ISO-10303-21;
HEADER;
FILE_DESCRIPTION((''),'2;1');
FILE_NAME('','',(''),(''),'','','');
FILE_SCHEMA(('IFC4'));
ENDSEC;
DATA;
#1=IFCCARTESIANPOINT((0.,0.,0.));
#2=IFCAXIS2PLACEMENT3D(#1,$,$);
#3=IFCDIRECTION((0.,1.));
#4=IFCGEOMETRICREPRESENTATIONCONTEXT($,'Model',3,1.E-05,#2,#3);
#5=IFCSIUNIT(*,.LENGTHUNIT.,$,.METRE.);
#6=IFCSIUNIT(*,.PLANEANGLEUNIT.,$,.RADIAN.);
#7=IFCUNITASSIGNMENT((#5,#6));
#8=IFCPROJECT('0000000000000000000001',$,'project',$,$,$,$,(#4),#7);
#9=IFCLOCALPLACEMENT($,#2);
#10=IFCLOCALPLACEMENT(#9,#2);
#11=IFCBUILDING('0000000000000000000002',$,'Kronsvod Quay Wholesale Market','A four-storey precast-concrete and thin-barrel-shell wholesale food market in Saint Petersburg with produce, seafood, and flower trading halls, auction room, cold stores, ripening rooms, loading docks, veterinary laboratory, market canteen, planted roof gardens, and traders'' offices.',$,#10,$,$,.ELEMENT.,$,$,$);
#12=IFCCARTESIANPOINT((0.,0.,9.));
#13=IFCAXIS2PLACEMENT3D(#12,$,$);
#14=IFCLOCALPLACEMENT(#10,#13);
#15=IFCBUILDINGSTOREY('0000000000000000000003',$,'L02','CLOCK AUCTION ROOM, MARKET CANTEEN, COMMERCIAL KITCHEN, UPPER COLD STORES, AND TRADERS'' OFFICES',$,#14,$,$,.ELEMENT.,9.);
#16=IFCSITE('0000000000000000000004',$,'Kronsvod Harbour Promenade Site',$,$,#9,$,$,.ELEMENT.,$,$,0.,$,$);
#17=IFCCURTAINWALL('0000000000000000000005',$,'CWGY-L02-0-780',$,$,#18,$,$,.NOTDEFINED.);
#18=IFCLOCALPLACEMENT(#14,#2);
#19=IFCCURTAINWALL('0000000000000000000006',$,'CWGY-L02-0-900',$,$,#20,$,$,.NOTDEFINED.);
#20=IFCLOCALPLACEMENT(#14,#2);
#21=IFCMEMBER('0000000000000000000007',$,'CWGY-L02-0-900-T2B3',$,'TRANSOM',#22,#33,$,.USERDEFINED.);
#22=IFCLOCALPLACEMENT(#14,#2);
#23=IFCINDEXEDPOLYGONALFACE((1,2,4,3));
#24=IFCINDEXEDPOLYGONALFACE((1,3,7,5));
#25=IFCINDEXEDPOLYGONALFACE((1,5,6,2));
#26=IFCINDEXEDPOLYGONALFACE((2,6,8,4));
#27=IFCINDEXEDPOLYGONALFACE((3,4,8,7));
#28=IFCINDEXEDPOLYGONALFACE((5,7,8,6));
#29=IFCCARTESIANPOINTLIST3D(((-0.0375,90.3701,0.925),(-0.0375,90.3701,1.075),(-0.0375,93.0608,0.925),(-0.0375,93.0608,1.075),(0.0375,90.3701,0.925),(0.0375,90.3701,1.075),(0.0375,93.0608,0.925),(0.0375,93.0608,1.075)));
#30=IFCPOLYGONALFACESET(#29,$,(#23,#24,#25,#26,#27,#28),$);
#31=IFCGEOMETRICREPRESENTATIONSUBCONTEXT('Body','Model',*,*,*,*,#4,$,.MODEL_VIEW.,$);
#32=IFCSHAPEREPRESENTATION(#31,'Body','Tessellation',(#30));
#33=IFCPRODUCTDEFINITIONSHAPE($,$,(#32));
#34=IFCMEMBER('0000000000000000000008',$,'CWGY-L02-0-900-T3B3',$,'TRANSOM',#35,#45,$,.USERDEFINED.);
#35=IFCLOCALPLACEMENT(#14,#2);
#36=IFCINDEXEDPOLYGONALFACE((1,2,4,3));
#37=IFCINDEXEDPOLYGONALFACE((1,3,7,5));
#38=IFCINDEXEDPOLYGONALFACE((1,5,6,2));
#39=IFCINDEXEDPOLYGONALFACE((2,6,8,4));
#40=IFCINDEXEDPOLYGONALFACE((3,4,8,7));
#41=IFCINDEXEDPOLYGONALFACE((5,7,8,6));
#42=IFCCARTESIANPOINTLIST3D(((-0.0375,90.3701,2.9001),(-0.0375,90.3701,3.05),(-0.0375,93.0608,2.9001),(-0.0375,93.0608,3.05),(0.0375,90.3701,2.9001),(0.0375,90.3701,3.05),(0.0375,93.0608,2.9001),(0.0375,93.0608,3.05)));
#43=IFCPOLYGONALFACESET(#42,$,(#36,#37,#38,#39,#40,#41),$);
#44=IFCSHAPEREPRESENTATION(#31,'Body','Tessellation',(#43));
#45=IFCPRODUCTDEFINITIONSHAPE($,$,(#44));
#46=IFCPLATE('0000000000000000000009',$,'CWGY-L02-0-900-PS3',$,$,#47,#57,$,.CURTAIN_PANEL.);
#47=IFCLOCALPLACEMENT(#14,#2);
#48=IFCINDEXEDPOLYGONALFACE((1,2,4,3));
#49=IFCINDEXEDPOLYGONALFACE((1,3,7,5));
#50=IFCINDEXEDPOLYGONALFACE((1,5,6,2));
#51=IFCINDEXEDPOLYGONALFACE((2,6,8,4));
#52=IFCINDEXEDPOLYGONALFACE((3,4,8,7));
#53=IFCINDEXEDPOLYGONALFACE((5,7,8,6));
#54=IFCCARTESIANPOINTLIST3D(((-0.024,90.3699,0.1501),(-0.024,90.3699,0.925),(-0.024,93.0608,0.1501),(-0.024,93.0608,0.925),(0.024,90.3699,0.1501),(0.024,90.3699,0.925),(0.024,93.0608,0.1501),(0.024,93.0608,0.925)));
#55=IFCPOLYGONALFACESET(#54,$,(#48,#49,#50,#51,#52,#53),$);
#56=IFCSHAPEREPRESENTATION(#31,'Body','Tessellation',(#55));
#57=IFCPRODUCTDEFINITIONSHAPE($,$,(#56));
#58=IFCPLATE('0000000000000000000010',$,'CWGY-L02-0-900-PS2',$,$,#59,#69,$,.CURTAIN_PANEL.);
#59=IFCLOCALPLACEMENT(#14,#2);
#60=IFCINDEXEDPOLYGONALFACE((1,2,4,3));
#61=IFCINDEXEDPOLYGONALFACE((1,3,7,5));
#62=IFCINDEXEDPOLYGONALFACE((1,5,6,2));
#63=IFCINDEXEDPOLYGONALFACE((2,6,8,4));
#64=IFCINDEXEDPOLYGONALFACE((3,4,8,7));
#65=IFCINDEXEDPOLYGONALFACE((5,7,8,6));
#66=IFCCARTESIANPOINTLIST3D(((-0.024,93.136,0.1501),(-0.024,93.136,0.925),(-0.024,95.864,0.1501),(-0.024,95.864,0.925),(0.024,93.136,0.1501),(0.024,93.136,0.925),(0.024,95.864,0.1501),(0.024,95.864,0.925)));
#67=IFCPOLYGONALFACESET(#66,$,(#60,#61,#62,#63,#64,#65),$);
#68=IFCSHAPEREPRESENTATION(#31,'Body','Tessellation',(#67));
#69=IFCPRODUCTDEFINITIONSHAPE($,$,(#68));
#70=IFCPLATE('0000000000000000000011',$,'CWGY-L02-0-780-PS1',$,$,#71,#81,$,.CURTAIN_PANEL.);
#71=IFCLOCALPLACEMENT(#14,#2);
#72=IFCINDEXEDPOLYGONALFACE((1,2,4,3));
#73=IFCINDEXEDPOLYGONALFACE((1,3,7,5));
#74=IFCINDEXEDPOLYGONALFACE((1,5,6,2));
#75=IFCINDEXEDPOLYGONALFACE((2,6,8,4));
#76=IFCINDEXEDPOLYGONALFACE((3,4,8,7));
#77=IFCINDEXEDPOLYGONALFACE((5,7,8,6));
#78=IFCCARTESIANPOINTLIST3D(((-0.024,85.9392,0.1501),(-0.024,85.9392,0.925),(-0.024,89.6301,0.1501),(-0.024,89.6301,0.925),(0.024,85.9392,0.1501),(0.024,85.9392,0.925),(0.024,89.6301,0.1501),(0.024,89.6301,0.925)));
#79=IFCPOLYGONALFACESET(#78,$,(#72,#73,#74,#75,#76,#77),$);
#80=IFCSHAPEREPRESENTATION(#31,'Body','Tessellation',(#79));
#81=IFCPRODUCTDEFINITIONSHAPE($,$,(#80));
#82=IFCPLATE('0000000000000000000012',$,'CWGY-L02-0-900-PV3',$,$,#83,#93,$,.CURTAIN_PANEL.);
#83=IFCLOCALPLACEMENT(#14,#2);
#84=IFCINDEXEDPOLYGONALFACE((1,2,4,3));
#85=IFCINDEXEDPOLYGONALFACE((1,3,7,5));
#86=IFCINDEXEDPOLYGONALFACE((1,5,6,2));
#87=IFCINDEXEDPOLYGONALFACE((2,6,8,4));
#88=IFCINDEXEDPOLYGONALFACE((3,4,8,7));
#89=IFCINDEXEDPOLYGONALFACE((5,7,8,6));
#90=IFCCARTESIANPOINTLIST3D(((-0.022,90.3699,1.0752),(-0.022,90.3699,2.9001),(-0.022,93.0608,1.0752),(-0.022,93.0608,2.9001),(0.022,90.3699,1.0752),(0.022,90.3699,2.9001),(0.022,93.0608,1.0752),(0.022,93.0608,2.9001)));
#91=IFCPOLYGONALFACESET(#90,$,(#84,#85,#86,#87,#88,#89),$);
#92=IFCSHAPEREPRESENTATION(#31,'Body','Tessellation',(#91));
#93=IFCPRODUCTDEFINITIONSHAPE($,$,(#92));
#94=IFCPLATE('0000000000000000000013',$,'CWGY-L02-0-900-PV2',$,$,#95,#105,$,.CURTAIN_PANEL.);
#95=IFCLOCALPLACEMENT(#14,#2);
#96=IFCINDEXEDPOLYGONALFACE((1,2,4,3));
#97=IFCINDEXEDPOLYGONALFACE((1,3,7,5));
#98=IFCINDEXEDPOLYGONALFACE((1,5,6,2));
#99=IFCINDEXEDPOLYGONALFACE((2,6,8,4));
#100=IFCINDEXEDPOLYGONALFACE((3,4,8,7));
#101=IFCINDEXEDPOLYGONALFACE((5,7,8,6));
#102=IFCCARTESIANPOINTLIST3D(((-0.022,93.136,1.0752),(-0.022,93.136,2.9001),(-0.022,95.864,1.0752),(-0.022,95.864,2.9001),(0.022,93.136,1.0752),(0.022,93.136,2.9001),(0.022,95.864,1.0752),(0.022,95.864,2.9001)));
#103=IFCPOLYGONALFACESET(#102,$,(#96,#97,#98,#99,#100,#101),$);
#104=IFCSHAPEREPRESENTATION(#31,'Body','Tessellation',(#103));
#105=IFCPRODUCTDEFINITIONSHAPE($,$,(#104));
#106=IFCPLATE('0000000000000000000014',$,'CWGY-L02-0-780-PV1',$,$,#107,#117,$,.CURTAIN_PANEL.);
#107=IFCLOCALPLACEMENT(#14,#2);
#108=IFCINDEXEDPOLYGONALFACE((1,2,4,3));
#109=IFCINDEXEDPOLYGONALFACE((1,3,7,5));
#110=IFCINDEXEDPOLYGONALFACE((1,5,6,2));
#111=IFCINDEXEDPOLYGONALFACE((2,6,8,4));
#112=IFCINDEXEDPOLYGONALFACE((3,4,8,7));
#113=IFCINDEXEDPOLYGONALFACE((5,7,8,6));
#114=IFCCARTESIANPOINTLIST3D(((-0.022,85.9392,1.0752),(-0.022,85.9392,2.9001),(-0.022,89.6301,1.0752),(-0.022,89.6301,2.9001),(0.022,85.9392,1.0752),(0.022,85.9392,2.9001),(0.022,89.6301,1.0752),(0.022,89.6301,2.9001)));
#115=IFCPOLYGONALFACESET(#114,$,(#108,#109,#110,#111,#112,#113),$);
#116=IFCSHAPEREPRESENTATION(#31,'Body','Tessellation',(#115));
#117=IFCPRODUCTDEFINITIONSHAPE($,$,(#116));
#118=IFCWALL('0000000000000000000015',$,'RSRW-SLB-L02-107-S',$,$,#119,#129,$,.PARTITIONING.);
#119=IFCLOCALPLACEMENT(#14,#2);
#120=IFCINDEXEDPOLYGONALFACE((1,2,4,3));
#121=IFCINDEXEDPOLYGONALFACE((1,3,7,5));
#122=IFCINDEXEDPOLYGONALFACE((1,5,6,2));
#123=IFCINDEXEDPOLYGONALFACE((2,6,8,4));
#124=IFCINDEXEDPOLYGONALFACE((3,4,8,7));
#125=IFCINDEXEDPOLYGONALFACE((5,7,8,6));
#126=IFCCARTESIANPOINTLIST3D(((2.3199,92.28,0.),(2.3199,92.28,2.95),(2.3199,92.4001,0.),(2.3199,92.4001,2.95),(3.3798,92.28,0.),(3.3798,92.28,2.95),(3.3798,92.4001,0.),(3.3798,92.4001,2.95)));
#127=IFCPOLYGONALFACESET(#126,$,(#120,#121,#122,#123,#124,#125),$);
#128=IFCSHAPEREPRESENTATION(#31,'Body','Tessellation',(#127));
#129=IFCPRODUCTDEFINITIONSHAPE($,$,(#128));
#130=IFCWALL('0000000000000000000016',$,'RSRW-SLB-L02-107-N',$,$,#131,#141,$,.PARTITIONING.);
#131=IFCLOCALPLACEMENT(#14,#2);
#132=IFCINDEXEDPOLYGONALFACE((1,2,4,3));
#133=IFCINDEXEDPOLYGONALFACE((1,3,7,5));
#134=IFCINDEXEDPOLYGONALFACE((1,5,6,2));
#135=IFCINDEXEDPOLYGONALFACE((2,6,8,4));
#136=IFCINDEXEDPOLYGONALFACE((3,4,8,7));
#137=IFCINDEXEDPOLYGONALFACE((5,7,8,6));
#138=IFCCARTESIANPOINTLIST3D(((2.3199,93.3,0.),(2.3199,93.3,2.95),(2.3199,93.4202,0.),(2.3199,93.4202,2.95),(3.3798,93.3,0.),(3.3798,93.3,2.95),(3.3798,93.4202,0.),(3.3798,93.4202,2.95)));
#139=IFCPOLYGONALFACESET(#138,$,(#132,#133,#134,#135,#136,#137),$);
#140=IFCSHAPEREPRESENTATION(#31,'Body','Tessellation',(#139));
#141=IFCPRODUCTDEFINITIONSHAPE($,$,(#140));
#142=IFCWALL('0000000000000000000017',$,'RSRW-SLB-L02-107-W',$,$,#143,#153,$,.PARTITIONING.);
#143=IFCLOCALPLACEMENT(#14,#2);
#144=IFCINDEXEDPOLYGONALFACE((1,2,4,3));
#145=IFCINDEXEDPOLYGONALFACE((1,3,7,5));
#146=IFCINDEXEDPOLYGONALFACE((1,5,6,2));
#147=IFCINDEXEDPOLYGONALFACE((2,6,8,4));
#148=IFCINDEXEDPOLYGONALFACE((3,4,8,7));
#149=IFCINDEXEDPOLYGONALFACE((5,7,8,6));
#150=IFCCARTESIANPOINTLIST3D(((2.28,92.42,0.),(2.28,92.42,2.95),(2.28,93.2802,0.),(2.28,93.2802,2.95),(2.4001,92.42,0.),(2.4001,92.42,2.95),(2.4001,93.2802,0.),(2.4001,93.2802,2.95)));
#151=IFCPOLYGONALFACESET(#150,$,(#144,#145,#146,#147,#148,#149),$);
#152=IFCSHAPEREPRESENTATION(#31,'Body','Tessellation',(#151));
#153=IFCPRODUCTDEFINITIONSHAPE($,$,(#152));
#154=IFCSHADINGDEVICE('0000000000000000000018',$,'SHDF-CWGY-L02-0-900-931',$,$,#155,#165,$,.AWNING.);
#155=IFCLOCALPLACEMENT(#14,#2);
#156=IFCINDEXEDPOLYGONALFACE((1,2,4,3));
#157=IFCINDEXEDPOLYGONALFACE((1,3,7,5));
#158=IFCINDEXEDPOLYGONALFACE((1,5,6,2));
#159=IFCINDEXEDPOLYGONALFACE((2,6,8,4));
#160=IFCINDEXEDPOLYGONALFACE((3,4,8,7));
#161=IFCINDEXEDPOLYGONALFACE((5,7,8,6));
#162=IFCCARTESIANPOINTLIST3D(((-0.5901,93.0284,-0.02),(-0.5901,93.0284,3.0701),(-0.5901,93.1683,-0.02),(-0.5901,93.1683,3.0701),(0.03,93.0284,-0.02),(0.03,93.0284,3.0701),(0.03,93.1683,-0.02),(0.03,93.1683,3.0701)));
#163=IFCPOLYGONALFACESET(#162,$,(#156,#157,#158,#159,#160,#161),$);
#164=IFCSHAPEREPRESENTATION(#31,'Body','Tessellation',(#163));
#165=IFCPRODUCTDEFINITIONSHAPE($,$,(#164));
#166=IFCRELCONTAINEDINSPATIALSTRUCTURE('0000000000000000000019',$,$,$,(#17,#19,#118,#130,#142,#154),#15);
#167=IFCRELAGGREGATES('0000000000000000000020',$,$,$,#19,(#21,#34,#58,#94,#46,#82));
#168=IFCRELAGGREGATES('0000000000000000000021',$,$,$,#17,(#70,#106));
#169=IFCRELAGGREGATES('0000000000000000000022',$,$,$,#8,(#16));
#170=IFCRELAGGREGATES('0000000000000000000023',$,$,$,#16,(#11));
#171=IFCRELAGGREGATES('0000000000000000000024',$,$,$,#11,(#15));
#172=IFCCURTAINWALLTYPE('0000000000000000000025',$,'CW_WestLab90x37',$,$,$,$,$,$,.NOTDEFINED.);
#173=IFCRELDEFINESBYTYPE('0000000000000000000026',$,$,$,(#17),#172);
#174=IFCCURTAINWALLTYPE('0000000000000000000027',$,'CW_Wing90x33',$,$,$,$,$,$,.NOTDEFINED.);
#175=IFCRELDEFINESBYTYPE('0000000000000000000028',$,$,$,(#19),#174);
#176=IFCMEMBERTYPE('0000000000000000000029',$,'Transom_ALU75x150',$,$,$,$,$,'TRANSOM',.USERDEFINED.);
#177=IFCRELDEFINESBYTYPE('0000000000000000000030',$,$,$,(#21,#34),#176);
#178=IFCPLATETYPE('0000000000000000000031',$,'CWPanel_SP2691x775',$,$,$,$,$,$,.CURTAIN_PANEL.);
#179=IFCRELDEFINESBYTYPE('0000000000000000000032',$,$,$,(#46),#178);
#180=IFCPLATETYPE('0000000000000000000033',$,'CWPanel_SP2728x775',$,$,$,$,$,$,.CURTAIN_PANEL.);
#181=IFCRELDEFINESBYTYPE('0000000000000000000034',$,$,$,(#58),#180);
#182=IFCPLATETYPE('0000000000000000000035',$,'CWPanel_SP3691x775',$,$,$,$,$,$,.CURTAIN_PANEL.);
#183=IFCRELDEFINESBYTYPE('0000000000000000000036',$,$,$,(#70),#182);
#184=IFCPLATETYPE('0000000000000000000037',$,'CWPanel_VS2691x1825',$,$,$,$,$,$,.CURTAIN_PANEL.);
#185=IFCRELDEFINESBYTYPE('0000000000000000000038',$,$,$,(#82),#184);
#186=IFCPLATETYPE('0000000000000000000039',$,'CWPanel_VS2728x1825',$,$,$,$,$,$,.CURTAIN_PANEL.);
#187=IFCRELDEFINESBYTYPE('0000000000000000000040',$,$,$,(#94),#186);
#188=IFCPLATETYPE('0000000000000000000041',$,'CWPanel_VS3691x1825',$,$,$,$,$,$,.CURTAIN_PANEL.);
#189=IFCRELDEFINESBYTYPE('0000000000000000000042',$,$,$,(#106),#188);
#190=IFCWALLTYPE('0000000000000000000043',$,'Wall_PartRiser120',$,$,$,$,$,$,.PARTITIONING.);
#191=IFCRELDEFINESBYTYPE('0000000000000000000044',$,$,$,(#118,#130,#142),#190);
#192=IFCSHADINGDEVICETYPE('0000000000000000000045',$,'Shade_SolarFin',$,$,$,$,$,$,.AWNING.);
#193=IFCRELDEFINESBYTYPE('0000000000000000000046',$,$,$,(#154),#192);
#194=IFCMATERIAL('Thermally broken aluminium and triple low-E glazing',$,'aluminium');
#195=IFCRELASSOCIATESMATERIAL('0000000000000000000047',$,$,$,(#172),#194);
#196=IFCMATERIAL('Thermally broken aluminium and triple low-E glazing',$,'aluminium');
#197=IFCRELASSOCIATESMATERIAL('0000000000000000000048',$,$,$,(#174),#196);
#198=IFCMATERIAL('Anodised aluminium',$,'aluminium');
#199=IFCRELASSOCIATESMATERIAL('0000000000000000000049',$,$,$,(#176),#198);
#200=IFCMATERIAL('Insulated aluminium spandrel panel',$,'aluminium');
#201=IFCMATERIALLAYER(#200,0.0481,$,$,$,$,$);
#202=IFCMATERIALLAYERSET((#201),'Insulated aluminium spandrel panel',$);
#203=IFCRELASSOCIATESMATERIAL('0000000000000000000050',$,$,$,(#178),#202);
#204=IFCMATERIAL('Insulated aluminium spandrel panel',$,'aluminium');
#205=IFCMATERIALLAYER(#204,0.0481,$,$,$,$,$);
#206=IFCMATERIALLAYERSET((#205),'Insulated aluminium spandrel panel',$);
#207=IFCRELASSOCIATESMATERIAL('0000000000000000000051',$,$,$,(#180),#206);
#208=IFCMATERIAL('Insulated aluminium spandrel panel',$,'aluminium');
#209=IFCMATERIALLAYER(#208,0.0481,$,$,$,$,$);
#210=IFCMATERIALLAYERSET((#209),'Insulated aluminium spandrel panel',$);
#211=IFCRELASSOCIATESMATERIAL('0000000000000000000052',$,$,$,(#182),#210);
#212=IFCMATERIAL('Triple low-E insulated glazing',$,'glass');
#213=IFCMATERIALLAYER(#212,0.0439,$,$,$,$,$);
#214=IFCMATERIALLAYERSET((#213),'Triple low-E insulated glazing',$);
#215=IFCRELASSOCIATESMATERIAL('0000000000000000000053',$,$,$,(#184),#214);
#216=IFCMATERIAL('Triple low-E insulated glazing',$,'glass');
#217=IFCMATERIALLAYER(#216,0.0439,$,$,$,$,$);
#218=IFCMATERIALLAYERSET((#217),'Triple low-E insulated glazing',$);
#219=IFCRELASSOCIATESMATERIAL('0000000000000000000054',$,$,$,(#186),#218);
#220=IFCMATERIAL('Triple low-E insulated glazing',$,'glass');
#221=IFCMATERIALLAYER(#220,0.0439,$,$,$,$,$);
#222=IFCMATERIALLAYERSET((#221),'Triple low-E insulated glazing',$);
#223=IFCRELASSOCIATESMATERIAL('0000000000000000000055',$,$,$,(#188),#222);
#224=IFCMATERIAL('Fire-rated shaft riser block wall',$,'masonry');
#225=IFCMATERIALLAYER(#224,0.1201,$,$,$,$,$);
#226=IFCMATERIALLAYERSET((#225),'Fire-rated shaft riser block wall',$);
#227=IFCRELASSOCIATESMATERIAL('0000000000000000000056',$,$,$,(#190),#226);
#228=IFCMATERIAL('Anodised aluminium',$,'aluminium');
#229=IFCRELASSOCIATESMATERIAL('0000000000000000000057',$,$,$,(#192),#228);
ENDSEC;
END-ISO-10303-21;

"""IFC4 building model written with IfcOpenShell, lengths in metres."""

from ifc_helpers import new_model, si_unit, direction, frame, frame_2d, origin, origin_2d, place, context, subcontext, project, spatial, rectangle, extrude, material, layer, layer_set, material_profile, profile_set, type_object, element, aggregate, save


model = new_model("IFC4")

# Units and contexts
model_context = context("Model", 3, precision=1e-05, world=origin(), true_north=direction((0.0, 1.0)))
body_context = subcontext(model_context, "Body", "Model", "MODEL_VIEW")
ifc_project = project(units=[si_unit("LENGTHUNIT", "METRE"), si_unit("PLANEANGLEUNIT", "RADIAN")], contexts=[model_context])

# Site, building, storey
site_placement = place(None, origin())
site = spatial("IfcSite", under=ifc_project, at=site_placement, Name="Kronsvod Harbour Promenade Site", CompositionType="ELEMENT", RefElevation=0.0)
building_placement = place(site_placement, origin())
building = spatial("IfcBuilding", under=site, at=building_placement, Name="Kronsvod Quay Wholesale Market", Description="A four-storey precast-concrete and thin-barrel-shell wholesale food market in Saint Petersburg with produce, seafood, and flower trading halls, auction room, cold stores, ripening rooms, loading docks, veterinary laboratory, market canteen, planted roof gardens, and traders' offices.", CompositionType="ELEMENT")
storey_placement = place(building_placement, frame((0.0, 0.0, 9.0)))
storey = spatial("IfcBuildingStorey", under=building, at=storey_placement, Name="L02", Description="CLOCK AUCTION ROOM, MARKET CANTEEN, COMMERCIAL KITCHEN, UPPER COLD STORES, AND TRADERS' OFFICES", CompositionType="ELEMENT", Elevation=9.0)

# Curtain wall
ifc_material_1 = material(Name="Thermally broken aluminium and triple low-E glazing", Category="aluminium")
curtain_wall_type_1 = type_object("IfcCurtainWallType", Name="CW_WestLab90x37", PredefinedType="NOTDEFINED", material=ifc_material_1)
curtain_wall_1_placement = place(storey_placement, origin())
curtain_wall_1 = element("IfcCurtainWall", 1, at=curtain_wall_1_placement, inside=storey, type_object=curtain_wall_type_1, Name="CWGY-L02-0-780", PredefinedType="NOTDEFINED")

# Curtain wall
ifc_material_2 = material(Name="Thermally broken aluminium and triple low-E glazing", Category="aluminium")
curtain_wall_type_2 = type_object("IfcCurtainWallType", Name="CW_Wing90x33", PredefinedType="NOTDEFINED", material=ifc_material_2)
curtain_wall_2_placement = place(storey_placement, origin())
curtain_wall_2 = element("IfcCurtainWall", 2, at=curtain_wall_2_placement, inside=storey, type_object=curtain_wall_type_2, Name="CWGY-L02-0-900", PredefinedType="NOTDEFINED")

# Members
ifc_material_3 = material(Name="Anodised aluminium", Category="aluminium")
ifc_material_profile_1 = material_profile(ifc_material_3, rectangle(XDim=0.075, YDim=0.1499, at=origin_2d()), Name="ALUT75x150")
ifc_profile_set_1 = profile_set([ifc_material_profile_1], Name="Anodised aluminium")
member_type_1 = type_object("IfcMemberType", Name="Transom_ALU75x150", ElementType="TRANSOM", PredefinedType="USERDEFINED", material=ifc_profile_set_1)
member_1_placement = place(storey_placement, frame((0.0, 93.0608, 1.0), z_axis=(0.0, -1.0, 0.0), x_axis=(1.0, 0.0, 0.0)))
member_1 = element("IfcMember", 3, at=member_1_placement, type_object=member_type_1, Name="CWGY-L02-0-900-T2B3", ObjectType="TRANSOM", PredefinedType="USERDEFINED", context=body_context, shape_type="SweptSolid", body=[
    extrude(rectangle(XDim=0.075, YDim=0.1499, at=origin_2d()), origin(), (0.0, 0.0, 1.0), 2.6907),
])
member_2_placement = place(storey_placement, frame((0.0, 93.0608, 2.9751), z_axis=(0.0, -1.0, 0.0), x_axis=(1.0, 0.0, 0.0)))
member_2 = element("IfcMember", 4, at=member_2_placement, type_object=member_type_1, Name="CWGY-L02-0-900-T3B3", ObjectType="TRANSOM", PredefinedType="USERDEFINED", context=body_context, shape_type="SweptSolid", body=[
    extrude(rectangle(XDim=0.075, YDim=0.1499, at=origin_2d()), origin(), (0.0, 0.0, 1.0), 2.6907),
])

# Plates
ifc_material_4 = material(Name="Insulated aluminium spandrel panel", Category="aluminium")
ifc_layer_1 = layer(ifc_material_4, 0.0481)
ifc_layer_set_1 = layer_set([ifc_layer_1], Name="Insulated aluminium spandrel panel")
plate_type_1 = type_object("IfcPlateType", Name="CWPanel_SP2691x775", PredefinedType="CURTAIN_PANEL", material=ifc_layer_set_1)
plate_1_placement = place(storey_placement, frame((0.0, 91.7153, 0.1501), z_axis=(0.0, 0.0, 1.0), x_axis=(0.0, -1.0, 0.0)))
plate_1 = element("IfcPlate", 5, at=plate_1_placement, type_object=plate_type_1, Name="CWGY-L02-0-900-PS3", PredefinedType="CURTAIN_PANEL", context=body_context, shape_type="SweptSolid", body=[
    extrude(rectangle(XDim=2.6909, YDim=0.0481, at=origin_2d()), origin(), (0.0, 0.0, 1.0), 0.7749),
])
ifc_material_5 = material(Name="Insulated aluminium spandrel panel", Category="aluminium")
ifc_layer_2 = layer(ifc_material_5, 0.0481)
ifc_layer_set_2 = layer_set([ifc_layer_2], Name="Insulated aluminium spandrel panel")
plate_type_2 = type_object("IfcPlateType", Name="CWPanel_SP2728x775", PredefinedType="CURTAIN_PANEL", material=ifc_layer_set_2)
plate_2_placement = place(storey_placement, frame((0.0, 94.5, 0.1501), z_axis=(0.0, 0.0, 1.0), x_axis=(0.0, -1.0, 0.0)))
plate_2 = element("IfcPlate", 6, at=plate_2_placement, type_object=plate_type_2, Name="CWGY-L02-0-900-PS2", PredefinedType="CURTAIN_PANEL", context=body_context, shape_type="SweptSolid", body=[
    extrude(rectangle(XDim=2.728, YDim=0.0481, at=origin_2d()), origin(), (0.0, 0.0, 1.0), 0.7749),
])
ifc_material_6 = material(Name="Insulated aluminium spandrel panel", Category="aluminium")
ifc_layer_3 = layer(ifc_material_6, 0.0481)
ifc_layer_set_3 = layer_set([ifc_layer_3], Name="Insulated aluminium spandrel panel")
plate_type_3 = type_object("IfcPlateType", Name="CWPanel_SP3691x775", PredefinedType="CURTAIN_PANEL", material=ifc_layer_set_3)
plate_3_placement = place(storey_placement, frame((0.0, 87.7847, 0.1501), z_axis=(0.0, 0.0, 1.0), x_axis=(0.0, -1.0, 0.0)))
plate_3 = element("IfcPlate", 7, at=plate_3_placement, type_object=plate_type_3, Name="CWGY-L02-0-780-PS1", PredefinedType="CURTAIN_PANEL", context=body_context, shape_type="SweptSolid", body=[
    extrude(rectangle(XDim=3.6909, YDim=0.0481, at=origin_2d()), origin(), (0.0, 0.0, 1.0), 0.7749),
])
ifc_material_7 = material(Name="Triple low-E insulated glazing", Category="glass")
ifc_layer_4 = layer(ifc_material_7, 0.0439)
ifc_layer_set_4 = layer_set([ifc_layer_4], Name="Triple low-E insulated glazing")
plate_type_4 = type_object("IfcPlateType", Name="CWPanel_VS2691x1825", PredefinedType="CURTAIN_PANEL", material=ifc_layer_set_4)
plate_4_placement = place(storey_placement, frame((0.0, 91.7153, 1.0752), z_axis=(0.0, 0.0, 1.0), x_axis=(0.0, -1.0, 0.0)))
plate_4 = element("IfcPlate", 8, at=plate_4_placement, type_object=plate_type_4, Name="CWGY-L02-0-900-PV3", PredefinedType="CURTAIN_PANEL", context=body_context, shape_type="SweptSolid", body=[
    extrude(rectangle(XDim=2.6909, YDim=0.0439, at=origin_2d()), origin(), (0.0, 0.0, 1.0), 1.825),
])
ifc_material_8 = material(Name="Triple low-E insulated glazing", Category="glass")
ifc_layer_5 = layer(ifc_material_8, 0.0439)
ifc_layer_set_5 = layer_set([ifc_layer_5], Name="Triple low-E insulated glazing")
plate_type_5 = type_object("IfcPlateType", Name="CWPanel_VS2728x1825", PredefinedType="CURTAIN_PANEL", material=ifc_layer_set_5)
plate_5_placement = place(storey_placement, frame((0.0, 94.5, 1.0752), z_axis=(0.0, 0.0, 1.0), x_axis=(0.0, -1.0, 0.0)))
plate_5 = element("IfcPlate", 9, at=plate_5_placement, type_object=plate_type_5, Name="CWGY-L02-0-900-PV2", PredefinedType="CURTAIN_PANEL", context=body_context, shape_type="SweptSolid", body=[
    extrude(rectangle(XDim=2.728, YDim=0.0439, at=origin_2d()), origin(), (0.0, 0.0, 1.0), 1.825),
])
aggregate(curtain_wall_2, [member_1, member_2, plate_2, plate_5, plate_1, plate_4])
ifc_material_9 = material(Name="Triple low-E insulated glazing", Category="glass")
ifc_layer_6 = layer(ifc_material_9, 0.0439)
ifc_layer_set_6 = layer_set([ifc_layer_6], Name="Triple low-E insulated glazing")
plate_type_6 = type_object("IfcPlateType", Name="CWPanel_VS3691x1825", PredefinedType="CURTAIN_PANEL", material=ifc_layer_set_6)
plate_6_placement = place(storey_placement, frame((0.0, 87.7847, 1.0752), z_axis=(0.0, 0.0, 1.0), x_axis=(0.0, -1.0, 0.0)))
plate_6 = element("IfcPlate", 10, at=plate_6_placement, type_object=plate_type_6, Name="CWGY-L02-0-780-PV1", PredefinedType="CURTAIN_PANEL", context=body_context, shape_type="SweptSolid", body=[
    extrude(rectangle(XDim=3.6909, YDim=0.0439, at=origin_2d()), origin(), (0.0, 0.0, 1.0), 1.825),
])
aggregate(curtain_wall_1, [plate_3, plate_6])

# Walls
ifc_material_10 = material(Name="Fire-rated shaft riser block wall", Category="masonry")
ifc_layer_7 = layer(ifc_material_10, 0.1201)
ifc_layer_set_7 = layer_set([ifc_layer_7], Name="Fire-rated shaft riser block wall")
wall_type = type_object("IfcWallType", Name="Wall_PartRiser120", PredefinedType="PARTITIONING", material=ifc_layer_set_7)
for number, where, z_axis, x_axis, name in (
    (11, (2.3201, 92.3401, 0.0), (0.0, 0.0, 1.0), (1.0, 0.0, 0.0), "RSRW-SLB-L02-107-S"),
    (12, (2.3201, 93.3601, 0.0), (0.0, 0.0, 1.0), (1.0, 0.0, 0.0), "RSRW-SLB-L02-107-N"),
):
    element("IfcWall", number, at=place(storey_placement, frame(where, z_axis=z_axis, x_axis=x_axis)), inside=storey, type_object=wall_type, Name=name, PredefinedType="PARTITIONING", context=body_context, shape_type="SweptSolid", body=[
        extrude(rectangle(XDim=1.0598, YDim=0.1201, at=frame_2d((0.5298, 0.0))), origin(), (0.0, 0.0, 1.0), 2.95),
    ])
wall_placement = place(storey_placement, frame((2.3401, 92.4199, 0.0), z_axis=(0.0, 0.0, 1.0), x_axis=(0.0, 1.0, 0.0)))
element("IfcWall", 13, at=wall_placement, inside=storey, type_object=wall_type, Name="RSRW-SLB-L02-107-W", PredefinedType="PARTITIONING", context=body_context, shape_type="SweptSolid", body=[
    extrude(rectangle(XDim=0.8601, YDim=0.1201, at=frame_2d((0.4302, 0.0))), origin(), (0.0, 0.0, 1.0), 2.95),
])

# Shading device
ifc_material_11 = material(Name="Anodised aluminium", Category="aluminium")
shading_device_type = type_object("IfcShadingDeviceType", Name="Shade_SolarFin", PredefinedType="AWNING", material=ifc_material_11)
shading_device_placement = place(storey_placement, frame((-0.28, 93.0984, -0.02), z_axis=(0.0, 0.0, 1.0), x_axis=(1.0, 0.0, 0.0)))
element("IfcShadingDevice", 14, at=shading_device_placement, inside=storey, type_object=shading_device_type, Name="SHDF-CWGY-L02-0-900-931", PredefinedType="AWNING", context=body_context, shape_type="SweptSolid", body=[
    extrude(rectangle(XDim=0.6201, YDim=0.1399, at=origin_2d()), origin(), (0.0, 0.0, 1.0), 3.0901),
])

save(model, "model.ifc")
